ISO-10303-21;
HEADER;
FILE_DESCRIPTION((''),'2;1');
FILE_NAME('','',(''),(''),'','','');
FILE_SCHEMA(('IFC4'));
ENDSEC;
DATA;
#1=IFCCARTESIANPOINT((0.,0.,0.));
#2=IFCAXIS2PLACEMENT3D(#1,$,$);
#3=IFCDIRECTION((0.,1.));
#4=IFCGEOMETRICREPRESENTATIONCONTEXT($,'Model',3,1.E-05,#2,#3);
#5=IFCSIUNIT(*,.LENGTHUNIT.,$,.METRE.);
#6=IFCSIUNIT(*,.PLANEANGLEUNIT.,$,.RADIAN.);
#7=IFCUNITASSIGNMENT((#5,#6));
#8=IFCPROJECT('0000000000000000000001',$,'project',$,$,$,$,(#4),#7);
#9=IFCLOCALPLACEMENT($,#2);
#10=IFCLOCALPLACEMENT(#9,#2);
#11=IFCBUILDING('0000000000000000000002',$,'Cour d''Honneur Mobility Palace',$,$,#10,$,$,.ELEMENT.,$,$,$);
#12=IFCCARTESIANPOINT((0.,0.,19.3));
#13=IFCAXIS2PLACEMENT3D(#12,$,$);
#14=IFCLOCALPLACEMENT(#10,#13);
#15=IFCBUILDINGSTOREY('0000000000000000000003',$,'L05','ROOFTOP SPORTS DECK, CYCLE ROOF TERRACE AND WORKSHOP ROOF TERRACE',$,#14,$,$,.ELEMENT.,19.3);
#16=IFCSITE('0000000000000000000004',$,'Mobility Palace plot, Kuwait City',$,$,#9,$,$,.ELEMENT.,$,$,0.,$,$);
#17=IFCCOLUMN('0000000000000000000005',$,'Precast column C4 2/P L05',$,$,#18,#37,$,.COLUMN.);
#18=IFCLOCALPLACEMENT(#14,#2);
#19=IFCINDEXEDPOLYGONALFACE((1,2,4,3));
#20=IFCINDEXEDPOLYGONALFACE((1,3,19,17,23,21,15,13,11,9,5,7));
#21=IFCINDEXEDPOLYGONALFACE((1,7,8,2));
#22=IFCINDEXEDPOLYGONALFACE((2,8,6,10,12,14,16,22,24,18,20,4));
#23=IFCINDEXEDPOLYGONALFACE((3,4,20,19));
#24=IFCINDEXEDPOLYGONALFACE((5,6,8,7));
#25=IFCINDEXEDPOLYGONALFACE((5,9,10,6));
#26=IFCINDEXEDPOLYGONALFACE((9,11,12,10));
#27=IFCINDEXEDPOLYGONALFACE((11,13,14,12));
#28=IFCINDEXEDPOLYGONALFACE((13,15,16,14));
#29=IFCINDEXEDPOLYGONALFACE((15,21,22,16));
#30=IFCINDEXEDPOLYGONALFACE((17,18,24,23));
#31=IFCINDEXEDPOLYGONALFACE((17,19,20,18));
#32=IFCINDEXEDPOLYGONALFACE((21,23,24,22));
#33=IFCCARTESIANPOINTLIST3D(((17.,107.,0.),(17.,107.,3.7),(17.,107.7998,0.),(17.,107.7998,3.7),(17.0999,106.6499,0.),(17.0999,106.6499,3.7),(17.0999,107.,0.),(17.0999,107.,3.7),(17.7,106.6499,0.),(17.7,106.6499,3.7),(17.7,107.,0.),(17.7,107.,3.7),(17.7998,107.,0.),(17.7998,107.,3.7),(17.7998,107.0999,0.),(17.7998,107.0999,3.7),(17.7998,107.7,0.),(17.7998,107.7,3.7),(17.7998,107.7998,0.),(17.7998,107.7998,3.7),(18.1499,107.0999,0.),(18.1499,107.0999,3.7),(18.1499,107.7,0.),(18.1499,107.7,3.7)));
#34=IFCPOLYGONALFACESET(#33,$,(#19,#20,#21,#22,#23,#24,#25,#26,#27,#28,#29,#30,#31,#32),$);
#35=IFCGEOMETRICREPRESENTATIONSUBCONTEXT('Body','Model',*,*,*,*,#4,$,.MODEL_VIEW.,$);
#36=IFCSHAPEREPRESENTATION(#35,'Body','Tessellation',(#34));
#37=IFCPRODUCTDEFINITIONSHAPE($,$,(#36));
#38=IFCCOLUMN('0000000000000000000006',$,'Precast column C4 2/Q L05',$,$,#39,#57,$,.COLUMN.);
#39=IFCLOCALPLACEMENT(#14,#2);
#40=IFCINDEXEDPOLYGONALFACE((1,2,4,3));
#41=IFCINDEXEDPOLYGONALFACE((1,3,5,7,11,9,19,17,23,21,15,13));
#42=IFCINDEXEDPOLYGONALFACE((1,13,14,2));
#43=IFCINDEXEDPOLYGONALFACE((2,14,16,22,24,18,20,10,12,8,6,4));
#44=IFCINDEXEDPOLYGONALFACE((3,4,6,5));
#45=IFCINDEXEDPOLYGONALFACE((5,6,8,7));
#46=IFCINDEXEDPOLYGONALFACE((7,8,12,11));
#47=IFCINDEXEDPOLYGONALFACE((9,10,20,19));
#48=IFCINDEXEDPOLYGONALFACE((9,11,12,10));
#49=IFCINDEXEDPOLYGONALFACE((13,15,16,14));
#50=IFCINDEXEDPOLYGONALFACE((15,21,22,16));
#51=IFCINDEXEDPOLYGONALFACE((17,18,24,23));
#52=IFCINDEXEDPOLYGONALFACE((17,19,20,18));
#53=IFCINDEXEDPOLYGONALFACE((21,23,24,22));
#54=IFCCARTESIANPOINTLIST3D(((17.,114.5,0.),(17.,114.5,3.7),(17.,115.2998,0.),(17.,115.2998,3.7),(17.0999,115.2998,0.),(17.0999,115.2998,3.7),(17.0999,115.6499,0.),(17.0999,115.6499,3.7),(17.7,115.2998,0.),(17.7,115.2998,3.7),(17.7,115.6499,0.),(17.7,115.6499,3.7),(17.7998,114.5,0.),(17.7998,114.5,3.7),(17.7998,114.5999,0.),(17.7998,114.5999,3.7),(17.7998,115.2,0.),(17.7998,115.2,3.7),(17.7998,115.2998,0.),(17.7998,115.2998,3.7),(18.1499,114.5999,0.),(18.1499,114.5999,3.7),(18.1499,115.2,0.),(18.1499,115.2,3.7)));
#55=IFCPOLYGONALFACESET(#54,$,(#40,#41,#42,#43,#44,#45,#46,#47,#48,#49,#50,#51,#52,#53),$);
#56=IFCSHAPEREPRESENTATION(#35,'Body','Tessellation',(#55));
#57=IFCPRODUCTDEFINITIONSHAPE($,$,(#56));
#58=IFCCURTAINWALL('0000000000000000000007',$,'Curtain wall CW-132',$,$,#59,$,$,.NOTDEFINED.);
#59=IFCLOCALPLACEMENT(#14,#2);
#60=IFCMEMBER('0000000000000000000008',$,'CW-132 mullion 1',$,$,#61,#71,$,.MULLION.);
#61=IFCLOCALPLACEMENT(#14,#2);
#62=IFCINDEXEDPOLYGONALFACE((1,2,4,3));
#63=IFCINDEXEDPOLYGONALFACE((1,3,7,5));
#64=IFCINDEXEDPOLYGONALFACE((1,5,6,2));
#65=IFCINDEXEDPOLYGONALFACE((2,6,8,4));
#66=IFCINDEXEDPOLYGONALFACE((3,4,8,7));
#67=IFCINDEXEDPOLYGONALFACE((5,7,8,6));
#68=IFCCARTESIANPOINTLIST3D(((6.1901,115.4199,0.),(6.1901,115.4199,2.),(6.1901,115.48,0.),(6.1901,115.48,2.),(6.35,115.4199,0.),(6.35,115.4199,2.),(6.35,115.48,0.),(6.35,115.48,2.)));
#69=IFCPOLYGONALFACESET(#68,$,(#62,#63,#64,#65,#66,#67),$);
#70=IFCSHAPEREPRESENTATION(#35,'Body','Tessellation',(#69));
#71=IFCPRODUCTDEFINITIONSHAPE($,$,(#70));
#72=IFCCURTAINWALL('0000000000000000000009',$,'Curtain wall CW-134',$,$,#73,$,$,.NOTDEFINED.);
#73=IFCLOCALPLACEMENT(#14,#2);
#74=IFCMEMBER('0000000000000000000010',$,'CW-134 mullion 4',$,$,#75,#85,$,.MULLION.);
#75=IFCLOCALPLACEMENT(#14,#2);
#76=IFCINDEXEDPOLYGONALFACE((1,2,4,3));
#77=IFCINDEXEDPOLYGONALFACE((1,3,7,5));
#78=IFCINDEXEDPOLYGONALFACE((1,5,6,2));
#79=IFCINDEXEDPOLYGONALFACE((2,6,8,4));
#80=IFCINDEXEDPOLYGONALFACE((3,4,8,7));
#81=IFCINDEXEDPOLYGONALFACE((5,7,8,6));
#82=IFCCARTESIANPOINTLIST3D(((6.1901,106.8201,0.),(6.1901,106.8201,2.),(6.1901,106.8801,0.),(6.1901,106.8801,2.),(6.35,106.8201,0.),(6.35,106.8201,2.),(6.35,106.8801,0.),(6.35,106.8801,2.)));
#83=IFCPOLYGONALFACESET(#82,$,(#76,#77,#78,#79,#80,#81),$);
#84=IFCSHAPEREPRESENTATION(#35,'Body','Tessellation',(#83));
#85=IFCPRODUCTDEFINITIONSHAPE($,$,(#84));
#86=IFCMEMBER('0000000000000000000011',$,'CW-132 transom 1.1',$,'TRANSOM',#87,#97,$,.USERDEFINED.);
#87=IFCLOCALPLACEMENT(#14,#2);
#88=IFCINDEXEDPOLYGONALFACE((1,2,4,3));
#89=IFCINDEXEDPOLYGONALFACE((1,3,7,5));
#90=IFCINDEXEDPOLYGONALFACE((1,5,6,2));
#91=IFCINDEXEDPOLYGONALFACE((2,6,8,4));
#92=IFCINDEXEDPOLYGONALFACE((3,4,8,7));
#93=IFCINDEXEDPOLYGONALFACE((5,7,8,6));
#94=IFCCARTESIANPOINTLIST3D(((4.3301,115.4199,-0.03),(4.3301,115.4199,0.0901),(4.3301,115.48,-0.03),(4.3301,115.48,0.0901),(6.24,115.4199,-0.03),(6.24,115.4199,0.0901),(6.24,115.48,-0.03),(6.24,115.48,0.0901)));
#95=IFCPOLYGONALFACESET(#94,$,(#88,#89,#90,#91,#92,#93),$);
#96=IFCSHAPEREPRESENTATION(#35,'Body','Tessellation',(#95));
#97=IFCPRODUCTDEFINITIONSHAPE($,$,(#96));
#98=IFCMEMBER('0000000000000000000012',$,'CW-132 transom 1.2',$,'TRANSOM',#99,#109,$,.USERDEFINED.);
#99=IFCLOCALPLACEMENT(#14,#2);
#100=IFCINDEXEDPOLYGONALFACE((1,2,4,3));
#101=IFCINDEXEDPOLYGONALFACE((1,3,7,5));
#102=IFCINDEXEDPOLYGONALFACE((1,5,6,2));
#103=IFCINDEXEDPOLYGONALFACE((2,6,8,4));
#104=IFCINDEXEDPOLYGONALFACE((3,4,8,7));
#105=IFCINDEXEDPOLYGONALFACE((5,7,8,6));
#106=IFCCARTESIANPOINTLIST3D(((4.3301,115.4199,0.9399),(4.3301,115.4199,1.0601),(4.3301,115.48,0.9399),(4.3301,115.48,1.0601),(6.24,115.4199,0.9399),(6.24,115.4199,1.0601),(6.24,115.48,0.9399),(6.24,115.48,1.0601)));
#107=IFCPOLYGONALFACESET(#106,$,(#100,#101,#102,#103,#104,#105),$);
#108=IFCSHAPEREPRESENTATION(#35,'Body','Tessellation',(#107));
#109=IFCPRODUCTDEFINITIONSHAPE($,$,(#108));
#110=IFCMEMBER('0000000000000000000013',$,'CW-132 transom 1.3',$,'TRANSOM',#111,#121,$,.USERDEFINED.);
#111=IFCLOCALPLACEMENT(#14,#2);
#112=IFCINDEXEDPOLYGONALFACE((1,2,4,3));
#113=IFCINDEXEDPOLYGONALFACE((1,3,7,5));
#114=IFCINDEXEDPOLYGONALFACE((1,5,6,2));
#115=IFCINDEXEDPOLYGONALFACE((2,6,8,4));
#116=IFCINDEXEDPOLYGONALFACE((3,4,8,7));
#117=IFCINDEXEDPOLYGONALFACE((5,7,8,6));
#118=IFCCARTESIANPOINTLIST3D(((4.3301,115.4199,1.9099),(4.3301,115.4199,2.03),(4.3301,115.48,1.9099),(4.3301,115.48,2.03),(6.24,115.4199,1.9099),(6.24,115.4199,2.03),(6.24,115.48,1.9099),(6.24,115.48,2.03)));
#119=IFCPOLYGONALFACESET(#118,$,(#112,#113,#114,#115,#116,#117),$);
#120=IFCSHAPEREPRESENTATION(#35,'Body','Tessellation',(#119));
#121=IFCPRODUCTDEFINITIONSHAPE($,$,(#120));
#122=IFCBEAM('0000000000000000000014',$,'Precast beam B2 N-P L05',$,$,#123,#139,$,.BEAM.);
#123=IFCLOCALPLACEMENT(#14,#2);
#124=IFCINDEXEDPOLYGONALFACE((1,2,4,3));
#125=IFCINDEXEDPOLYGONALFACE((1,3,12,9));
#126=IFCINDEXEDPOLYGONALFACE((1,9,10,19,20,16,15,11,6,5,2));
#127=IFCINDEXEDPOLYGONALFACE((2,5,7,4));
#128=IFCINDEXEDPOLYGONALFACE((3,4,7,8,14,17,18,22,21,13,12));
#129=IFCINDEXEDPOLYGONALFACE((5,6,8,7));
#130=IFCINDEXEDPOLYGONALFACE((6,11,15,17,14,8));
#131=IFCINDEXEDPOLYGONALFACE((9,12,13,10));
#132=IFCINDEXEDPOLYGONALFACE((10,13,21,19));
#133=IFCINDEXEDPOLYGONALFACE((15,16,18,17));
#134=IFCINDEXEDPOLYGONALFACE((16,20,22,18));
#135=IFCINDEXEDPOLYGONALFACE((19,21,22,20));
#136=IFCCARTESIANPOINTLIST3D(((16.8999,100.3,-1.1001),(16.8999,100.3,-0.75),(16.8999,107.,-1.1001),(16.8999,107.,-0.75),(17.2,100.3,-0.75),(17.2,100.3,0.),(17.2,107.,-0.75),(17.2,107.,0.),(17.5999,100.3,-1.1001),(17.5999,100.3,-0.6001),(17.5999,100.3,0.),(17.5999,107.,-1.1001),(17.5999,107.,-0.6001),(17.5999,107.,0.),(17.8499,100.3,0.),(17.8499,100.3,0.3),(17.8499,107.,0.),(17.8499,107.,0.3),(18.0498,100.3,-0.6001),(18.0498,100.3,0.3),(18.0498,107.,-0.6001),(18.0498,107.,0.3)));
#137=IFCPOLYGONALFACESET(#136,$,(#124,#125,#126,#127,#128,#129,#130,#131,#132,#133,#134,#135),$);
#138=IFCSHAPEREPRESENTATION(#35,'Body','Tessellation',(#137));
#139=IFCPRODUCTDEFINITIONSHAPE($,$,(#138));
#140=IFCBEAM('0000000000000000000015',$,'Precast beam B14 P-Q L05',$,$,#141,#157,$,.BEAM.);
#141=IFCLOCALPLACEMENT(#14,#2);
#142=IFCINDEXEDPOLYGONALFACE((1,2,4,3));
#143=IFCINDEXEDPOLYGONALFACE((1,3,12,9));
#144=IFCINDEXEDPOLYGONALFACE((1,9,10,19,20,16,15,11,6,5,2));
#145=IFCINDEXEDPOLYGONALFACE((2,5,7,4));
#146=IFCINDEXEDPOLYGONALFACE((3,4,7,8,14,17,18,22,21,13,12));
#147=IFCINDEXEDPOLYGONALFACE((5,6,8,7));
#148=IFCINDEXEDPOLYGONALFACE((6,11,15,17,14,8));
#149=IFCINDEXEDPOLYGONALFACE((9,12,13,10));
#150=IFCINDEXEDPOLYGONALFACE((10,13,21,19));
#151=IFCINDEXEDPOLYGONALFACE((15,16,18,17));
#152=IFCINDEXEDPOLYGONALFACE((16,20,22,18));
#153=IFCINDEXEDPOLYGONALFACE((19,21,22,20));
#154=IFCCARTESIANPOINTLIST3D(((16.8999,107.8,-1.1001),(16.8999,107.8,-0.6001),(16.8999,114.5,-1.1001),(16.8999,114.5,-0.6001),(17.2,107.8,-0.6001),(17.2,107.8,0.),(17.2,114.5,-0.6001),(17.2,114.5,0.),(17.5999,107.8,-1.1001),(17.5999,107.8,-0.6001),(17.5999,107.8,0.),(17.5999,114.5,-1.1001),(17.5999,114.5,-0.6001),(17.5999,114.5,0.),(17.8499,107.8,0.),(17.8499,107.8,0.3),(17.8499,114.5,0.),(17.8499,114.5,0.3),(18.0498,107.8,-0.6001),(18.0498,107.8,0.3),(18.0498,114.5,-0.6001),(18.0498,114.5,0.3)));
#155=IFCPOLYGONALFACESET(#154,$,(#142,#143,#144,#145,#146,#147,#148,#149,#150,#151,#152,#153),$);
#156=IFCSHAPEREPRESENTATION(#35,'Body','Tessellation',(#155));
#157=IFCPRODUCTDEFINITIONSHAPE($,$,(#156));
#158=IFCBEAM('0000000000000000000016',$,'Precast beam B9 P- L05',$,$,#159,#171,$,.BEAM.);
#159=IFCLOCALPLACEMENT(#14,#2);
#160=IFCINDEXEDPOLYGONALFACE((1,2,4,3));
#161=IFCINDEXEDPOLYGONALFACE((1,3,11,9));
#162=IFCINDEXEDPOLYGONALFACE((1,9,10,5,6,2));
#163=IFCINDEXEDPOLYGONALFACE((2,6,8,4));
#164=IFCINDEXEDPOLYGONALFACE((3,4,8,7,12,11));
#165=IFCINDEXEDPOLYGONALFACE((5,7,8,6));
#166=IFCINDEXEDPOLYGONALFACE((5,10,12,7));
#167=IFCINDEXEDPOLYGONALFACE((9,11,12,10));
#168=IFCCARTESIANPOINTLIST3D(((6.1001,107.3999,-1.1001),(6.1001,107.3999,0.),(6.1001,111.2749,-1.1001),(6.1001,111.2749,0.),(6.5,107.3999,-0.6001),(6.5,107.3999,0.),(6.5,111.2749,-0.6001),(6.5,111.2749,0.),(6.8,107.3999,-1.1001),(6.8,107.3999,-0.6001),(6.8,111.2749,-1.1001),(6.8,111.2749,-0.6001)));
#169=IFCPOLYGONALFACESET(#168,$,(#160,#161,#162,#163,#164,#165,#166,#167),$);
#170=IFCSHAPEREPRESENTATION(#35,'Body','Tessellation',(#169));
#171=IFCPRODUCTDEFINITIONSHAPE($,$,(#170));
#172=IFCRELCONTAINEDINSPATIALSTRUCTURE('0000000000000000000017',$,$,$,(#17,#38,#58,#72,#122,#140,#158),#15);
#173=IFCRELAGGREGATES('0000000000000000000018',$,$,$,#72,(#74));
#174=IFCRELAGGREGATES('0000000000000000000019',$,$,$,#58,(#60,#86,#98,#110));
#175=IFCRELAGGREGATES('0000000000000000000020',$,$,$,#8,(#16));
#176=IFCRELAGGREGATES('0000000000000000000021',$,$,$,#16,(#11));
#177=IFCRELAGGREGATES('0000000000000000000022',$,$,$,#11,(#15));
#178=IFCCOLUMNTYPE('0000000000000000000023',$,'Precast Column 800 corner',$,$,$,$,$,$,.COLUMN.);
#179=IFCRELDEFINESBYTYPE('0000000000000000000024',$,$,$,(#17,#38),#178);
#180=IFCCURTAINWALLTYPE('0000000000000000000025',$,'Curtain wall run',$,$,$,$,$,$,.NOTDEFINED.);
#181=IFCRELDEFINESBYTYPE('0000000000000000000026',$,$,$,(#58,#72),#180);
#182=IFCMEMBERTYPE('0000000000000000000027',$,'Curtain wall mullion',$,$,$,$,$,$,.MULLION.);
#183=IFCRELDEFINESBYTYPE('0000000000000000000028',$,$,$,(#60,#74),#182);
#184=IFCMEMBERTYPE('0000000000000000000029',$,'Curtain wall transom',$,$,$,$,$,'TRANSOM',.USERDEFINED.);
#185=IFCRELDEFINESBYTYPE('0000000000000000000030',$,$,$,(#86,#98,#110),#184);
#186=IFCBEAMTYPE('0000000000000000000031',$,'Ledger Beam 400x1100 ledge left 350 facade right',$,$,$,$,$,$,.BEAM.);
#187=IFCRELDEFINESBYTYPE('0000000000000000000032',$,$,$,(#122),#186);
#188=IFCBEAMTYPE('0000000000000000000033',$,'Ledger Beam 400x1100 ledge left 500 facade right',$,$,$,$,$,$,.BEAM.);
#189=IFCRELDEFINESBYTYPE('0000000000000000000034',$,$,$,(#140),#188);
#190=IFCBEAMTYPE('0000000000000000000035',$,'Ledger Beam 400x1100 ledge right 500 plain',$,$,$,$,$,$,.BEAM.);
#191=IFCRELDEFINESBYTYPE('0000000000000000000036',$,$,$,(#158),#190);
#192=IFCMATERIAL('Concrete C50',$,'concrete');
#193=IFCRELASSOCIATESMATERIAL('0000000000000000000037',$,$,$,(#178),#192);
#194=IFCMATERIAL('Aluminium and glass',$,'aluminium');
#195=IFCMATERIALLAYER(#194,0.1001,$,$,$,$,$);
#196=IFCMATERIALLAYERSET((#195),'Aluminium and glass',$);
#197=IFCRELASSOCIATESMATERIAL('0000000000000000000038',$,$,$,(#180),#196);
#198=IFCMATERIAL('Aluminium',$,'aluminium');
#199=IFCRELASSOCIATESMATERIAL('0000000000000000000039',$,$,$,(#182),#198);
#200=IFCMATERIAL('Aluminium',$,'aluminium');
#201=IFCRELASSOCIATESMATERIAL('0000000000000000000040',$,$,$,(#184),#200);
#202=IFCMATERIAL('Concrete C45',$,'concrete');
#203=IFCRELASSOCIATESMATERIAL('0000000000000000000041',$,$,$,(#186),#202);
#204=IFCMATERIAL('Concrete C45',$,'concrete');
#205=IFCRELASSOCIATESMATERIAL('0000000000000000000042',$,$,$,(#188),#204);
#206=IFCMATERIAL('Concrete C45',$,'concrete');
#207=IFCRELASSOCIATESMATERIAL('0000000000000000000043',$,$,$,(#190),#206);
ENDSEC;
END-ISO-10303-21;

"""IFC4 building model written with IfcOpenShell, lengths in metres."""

from ifc_helpers import new_model, si_unit, direction, frame, origin, origin_2d, place, context, subcontext, project, spatial, polyline, rectangle, outline, extrude, material, layer, layer_set, material_profile, profile_set, type_object, element, aggregate, save


model = new_model("IFC4")

# Units and contexts
model_context = context("Model", 3, precision=1e-05, world=origin(), true_north=direction((0.0, 1.0)))
body_context = subcontext(model_context, "Body", "Model", "MODEL_VIEW")
ifc_project = project(units=[si_unit("LENGTHUNIT", "METRE"), si_unit("PLANEANGLEUNIT", "RADIAN")], contexts=[model_context])

# Site, building, storey
site_placement = place(None, origin())
site = spatial("IfcSite", under=ifc_project, at=site_placement, Name="Mobility Palace plot, Kuwait City", CompositionType="ELEMENT", RefElevation=0.0)
building_placement = place(site_placement, origin())
building = spatial("IfcBuilding", under=site, at=building_placement, Name="Cour d'Honneur Mobility Palace", CompositionType="ELEMENT")
storey_placement = place(building_placement, frame((0.0, 0.0, 19.3)))
storey = spatial("IfcBuildingStorey", under=building, at=storey_placement, Name="L05", Description="ROOFTOP SPORTS DECK, CYCLE ROOF TERRACE AND WORKSHOP ROOF TERRACE", CompositionType="ELEMENT", Elevation=19.3)

# Columns
ifc_material_1 = material(Name="Concrete C50", Category="concrete")
ifc_material_profile_1 = material_profile(ifc_material_1, outline(polyline([(-0.3999, -0.3999), (0.3999, -0.3999), (0.3999, -0.3), (0.75, -0.3), (0.75, 0.3), (0.3999, 0.3), (0.3999, 0.3999), (0.3, 0.3999), (0.3, 0.75), (-0.3, 0.75), (-0.3, 0.3999), (-0.3999, 0.3999), (-0.3999, -0.3999)])), Name="PC C800 corner")
ifc_profile_set_1 = profile_set([ifc_material_profile_1], Name="Concrete C50")
column_type = type_object("IfcColumnType", Name="Precast Column 800 corner", PredefinedType="COLUMN", material=ifc_profile_set_1)
for number, where, z_axis, x_axis, name in (
    (1, (17.3999, 107.3999, 0.0), (0.0, 0.0, 1.0), (0.0, -1.0, 0.0), "Precast column C4 2/P L05"),
    (2, (17.3999, 114.8999, 0.0), (0.0, 0.0, 1.0), (1.0, 0.0, 0.0), "Precast column C4 2/Q L05"),
):
    element("IfcColumn", number, at=place(storey_placement, frame(where, z_axis=z_axis, x_axis=x_axis)), inside=storey, type_object=column_type, Name=name, PredefinedType="COLUMN", context=body_context, shape_type="SweptSolid", body=[
        extrude(outline(polyline([(-0.3999, -0.3999), (0.3999, -0.3999), (0.3999, -0.3), (0.75, -0.3), (0.75, 0.3), (0.3999, 0.3), (0.3999, 0.3999), (0.3, 0.3999), (0.3, 0.75), (-0.3, 0.75), (-0.3, 0.3999), (-0.3999, 0.3999), (-0.3999, -0.3999)])), origin(), (0.0, 0.0, 1.0), 3.7),
    ])

# Curtain walls, members
ifc_material_2 = material(Name="Aluminium and glass", Category="aluminium")
ifc_layer_1 = layer(ifc_material_2, 0.1001)
ifc_layer_set_1 = layer_set([ifc_layer_1], Name="Aluminium and glass")
curtain_wall_type = type_object("IfcCurtainWallType", Name="Curtain wall run", PredefinedType="NOTDEFINED", material=ifc_layer_set_1)
curtain_wall_1_placement = place(storey_placement, origin())
curtain_wall_1 = element("IfcCurtainWall", 3, at=curtain_wall_1_placement, inside=storey, type_object=curtain_wall_type, Name="Curtain wall CW-132", PredefinedType="NOTDEFINED")
ifc_material_3 = material(Name="Aluminium", Category="aluminium")
ifc_material_profile_2 = material_profile(ifc_material_3, rectangle(XDim=0.0601, YDim=0.1599, at=origin_2d()), Name="Curtain wall mullion")
ifc_profile_set_2 = profile_set([ifc_material_profile_2], Name="Aluminium")
member_type_1 = type_object("IfcMemberType", Name="Curtain wall mullion", PredefinedType="MULLION", material=ifc_profile_set_2)
member_1_placement = place(storey_placement, frame((6.27, 115.45, 0.0), z_axis=(0.0, 0.0, 1.0), x_axis=(0.0, -1.0, 0.0)))
member_1 = element("IfcMember", 4, at=member_1_placement, type_object=member_type_1, Name="CW-132 mullion 1", PredefinedType="MULLION", context=body_context, shape_type="SweptSolid", body=[
    extrude(rectangle(XDim=0.0601, YDim=0.1599, at=origin_2d()), origin(), (0.0, 0.0, 1.0), 2.0),
])
curtain_wall_2_placement = place(storey_placement, origin())
curtain_wall_2 = element("IfcCurtainWall", 5, at=curtain_wall_2_placement, inside=storey, type_object=curtain_wall_type, Name="Curtain wall CW-134", PredefinedType="NOTDEFINED")
member_2_placement = place(storey_placement, frame((6.27, 106.8501, 0.0), z_axis=(0.0, 0.0, 1.0), x_axis=(0.0, 1.0, 0.0)))
member_2 = element("IfcMember", 6, at=member_2_placement, type_object=member_type_1, Name="CW-134 mullion 4", PredefinedType="MULLION", context=body_context, shape_type="SweptSolid", body=[
    extrude(rectangle(XDim=0.0601, YDim=0.1599, at=origin_2d()), origin(), (0.0, 0.0, 1.0), 2.0),
])
aggregate(curtain_wall_2, [member_2])

# Members
ifc_material_4 = material(Name="Aluminium", Category="aluminium")
ifc_material_profile_3 = material_profile(ifc_material_4, rectangle(XDim=0.0601, YDim=0.1201, at=origin_2d()), Name="Curtain wall transom")
ifc_profile_set_3 = profile_set([ifc_material_profile_3], Name="Aluminium")
member_type_2 = type_object("IfcMemberType", Name="Curtain wall transom", ElementType="TRANSOM", PredefinedType="USERDEFINED", material=ifc_profile_set_3)
member_3_placement = place(storey_placement, frame((6.24, 115.45, 0.03), z_axis=(-1.0, 0.0, 0.0), x_axis=(0.0, -1.0, 0.0)))
member_3 = element("IfcMember", 7, at=member_3_placement, type_object=member_type_2, Name="CW-132 transom 1.1", ObjectType="TRANSOM", PredefinedType="USERDEFINED", context=body_context, shape_type="SweptSolid", body=[
    extrude(rectangle(XDim=0.0601, YDim=0.1201, at=origin_2d()), origin(), (0.0, 0.0, 1.0), 1.9099),
])
member_4_placement = place(storey_placement, frame((6.24, 115.45, 1.0), z_axis=(-1.0, 0.0, 0.0), x_axis=(0.0, -1.0, 0.0)))
member_4 = element("IfcMember", 8, at=member_4_placement, type_object=member_type_2, Name="CW-132 transom 1.2", ObjectType="TRANSOM", PredefinedType="USERDEFINED", context=body_context, shape_type="SweptSolid", body=[
    extrude(rectangle(XDim=0.0601, YDim=0.1201, at=origin_2d()), origin(), (0.0, 0.0, 1.0), 1.9099),
])
member_5_placement = place(storey_placement, frame((6.24, 115.45, 1.97), z_axis=(-1.0, 0.0, 0.0), x_axis=(0.0, -1.0, 0.0)))
member_5 = element("IfcMember", 9, at=member_5_placement, type_object=member_type_2, Name="CW-132 transom 1.3", ObjectType="TRANSOM", PredefinedType="USERDEFINED", context=body_context, shape_type="SweptSolid", body=[
    extrude(rectangle(XDim=0.0601, YDim=0.1201, at=origin_2d()), origin(), (0.0, 0.0, 1.0), 1.9099),
])

# Beams
ifc_material_5 = material(Name="Concrete C45", Category="concrete")
ifc_material_profile_4 = material_profile(ifc_material_5, outline(polyline([(0.5, -1.1001), (0.5, -0.75), (0.2, -0.75), (0.2, 0.0), (-0.2, 0.0), (-0.45, 0.0), (-0.45, 0.3), (-0.6499, 0.3), (-0.6499, -0.6001), (-0.2, -0.6001), (-0.2, -1.1001), (0.5, -1.1001)])), Name="Ledger Beam 400x1100 ledge left 350 facade right")
ifc_profile_set_4 = profile_set([ifc_material_profile_4], Name="Concrete C45")
beam_type_1 = type_object("IfcBeamType", Name="Ledger Beam 400x1100 ledge left 350 facade right", PredefinedType="BEAM", material=ifc_profile_set_4)
beam_1_placement = place(storey_placement, frame((17.3999, 100.3, 0.0), z_axis=(0.0, 1.0, 0.0), x_axis=(-1.0, 0.0, 0.0)))
element("IfcBeam", 10, at=beam_1_placement, inside=storey, type_object=beam_type_1, Name="Precast beam B2 N-P L05", PredefinedType="BEAM", context=body_context, shape_type="SweptSolid", body=[
    extrude(outline(polyline([(0.5, -1.1001), (0.5, -0.75), (0.2, -0.75), (0.2, 0.0), (-0.2, 0.0), (-0.45, 0.0), (-0.45, 0.3), (-0.6499, 0.3), (-0.6499, -0.6001), (-0.2, -0.6001), (-0.2, -1.1001), (0.5, -1.1001)])), origin(), (0.0, 0.0, 1.0), 6.7),
])
ifc_material_6 = material(Name="Concrete C45", Category="concrete")
ifc_material_profile_5 = material_profile(ifc_material_6, outline(polyline([(0.5, -1.1001), (0.5, -0.6001), (0.2, -0.6001), (0.2, 0.0), (-0.2, 0.0), (-0.45, 0.0), (-0.45, 0.3), (-0.6499, 0.3), (-0.6499, -0.6001), (-0.2, -0.6001), (-0.2, -1.1001), (0.5, -1.1001)])), Name="Ledger Beam 400x1100 ledge left 500 facade right")
ifc_profile_set_5 = profile_set([ifc_material_profile_5], Name="Concrete C45")
beam_type_2 = type_object("IfcBeamType", Name="Ledger Beam 400x1100 ledge left 500 facade right", PredefinedType="BEAM", material=ifc_profile_set_5)
beam_2_placement = place(storey_placement, frame((17.3999, 107.8, 0.0), z_axis=(0.0, 1.0, 0.0), x_axis=(-1.0, 0.0, 0.0)))
element("IfcBeam", 11, at=beam_2_placement, inside=storey, type_object=beam_type_2, Name="Precast beam B14 P-Q L05", PredefinedType="BEAM", context=body_context, shape_type="SweptSolid", body=[
    extrude(outline(polyline([(0.5, -1.1001), (0.5, -0.6001), (0.2, -0.6001), (0.2, 0.0), (-0.2, 0.0), (-0.45, 0.0), (-0.45, 0.3), (-0.6499, 0.3), (-0.6499, -0.6001), (-0.2, -0.6001), (-0.2, -1.1001), (0.5, -1.1001)])), origin(), (0.0, 0.0, 1.0), 6.7),
])
ifc_material_7 = material(Name="Concrete C45", Category="concrete")
ifc_material_profile_6 = material_profile(ifc_material_7, outline(polyline([(0.2, -1.1001), (0.2, 0.0), (-0.2, 0.0), (-0.2, -0.6001), (-0.5, -0.6001), (-0.5, -1.1001), (0.2, -1.1001)])), Name="Ledger Beam 400x1100 ledge right 500 plain")
ifc_profile_set_6 = profile_set([ifc_material_profile_6], Name="Concrete C45")
beam_type_3 = type_object("IfcBeamType", Name="Ledger Beam 400x1100 ledge right 500 plain", PredefinedType="BEAM", material=ifc_profile_set_6)
beam_3_placement = place(storey_placement, frame((6.3, 107.3999, 0.0), z_axis=(0.0, 1.0, 0.0), x_axis=(-1.0, 0.0, 0.0)))
element("IfcBeam", 12, at=beam_3_placement, inside=storey, type_object=beam_type_3, Name="Precast beam B9 P- L05", PredefinedType="BEAM", context=body_context, shape_type="SweptSolid", body=[
    extrude(outline(polyline([(0.2, -1.1001), (0.2, 0.0), (-0.2, 0.0), (-0.2, -0.6001), (-0.5, -0.6001), (-0.5, -1.1001), (0.2, -1.1001)])), origin(), (0.0, 0.0, 1.0), 3.875),
])

aggregate(curtain_wall_1, [member_1, member_3, member_4, member_5])

save(model, "model.ifc")
